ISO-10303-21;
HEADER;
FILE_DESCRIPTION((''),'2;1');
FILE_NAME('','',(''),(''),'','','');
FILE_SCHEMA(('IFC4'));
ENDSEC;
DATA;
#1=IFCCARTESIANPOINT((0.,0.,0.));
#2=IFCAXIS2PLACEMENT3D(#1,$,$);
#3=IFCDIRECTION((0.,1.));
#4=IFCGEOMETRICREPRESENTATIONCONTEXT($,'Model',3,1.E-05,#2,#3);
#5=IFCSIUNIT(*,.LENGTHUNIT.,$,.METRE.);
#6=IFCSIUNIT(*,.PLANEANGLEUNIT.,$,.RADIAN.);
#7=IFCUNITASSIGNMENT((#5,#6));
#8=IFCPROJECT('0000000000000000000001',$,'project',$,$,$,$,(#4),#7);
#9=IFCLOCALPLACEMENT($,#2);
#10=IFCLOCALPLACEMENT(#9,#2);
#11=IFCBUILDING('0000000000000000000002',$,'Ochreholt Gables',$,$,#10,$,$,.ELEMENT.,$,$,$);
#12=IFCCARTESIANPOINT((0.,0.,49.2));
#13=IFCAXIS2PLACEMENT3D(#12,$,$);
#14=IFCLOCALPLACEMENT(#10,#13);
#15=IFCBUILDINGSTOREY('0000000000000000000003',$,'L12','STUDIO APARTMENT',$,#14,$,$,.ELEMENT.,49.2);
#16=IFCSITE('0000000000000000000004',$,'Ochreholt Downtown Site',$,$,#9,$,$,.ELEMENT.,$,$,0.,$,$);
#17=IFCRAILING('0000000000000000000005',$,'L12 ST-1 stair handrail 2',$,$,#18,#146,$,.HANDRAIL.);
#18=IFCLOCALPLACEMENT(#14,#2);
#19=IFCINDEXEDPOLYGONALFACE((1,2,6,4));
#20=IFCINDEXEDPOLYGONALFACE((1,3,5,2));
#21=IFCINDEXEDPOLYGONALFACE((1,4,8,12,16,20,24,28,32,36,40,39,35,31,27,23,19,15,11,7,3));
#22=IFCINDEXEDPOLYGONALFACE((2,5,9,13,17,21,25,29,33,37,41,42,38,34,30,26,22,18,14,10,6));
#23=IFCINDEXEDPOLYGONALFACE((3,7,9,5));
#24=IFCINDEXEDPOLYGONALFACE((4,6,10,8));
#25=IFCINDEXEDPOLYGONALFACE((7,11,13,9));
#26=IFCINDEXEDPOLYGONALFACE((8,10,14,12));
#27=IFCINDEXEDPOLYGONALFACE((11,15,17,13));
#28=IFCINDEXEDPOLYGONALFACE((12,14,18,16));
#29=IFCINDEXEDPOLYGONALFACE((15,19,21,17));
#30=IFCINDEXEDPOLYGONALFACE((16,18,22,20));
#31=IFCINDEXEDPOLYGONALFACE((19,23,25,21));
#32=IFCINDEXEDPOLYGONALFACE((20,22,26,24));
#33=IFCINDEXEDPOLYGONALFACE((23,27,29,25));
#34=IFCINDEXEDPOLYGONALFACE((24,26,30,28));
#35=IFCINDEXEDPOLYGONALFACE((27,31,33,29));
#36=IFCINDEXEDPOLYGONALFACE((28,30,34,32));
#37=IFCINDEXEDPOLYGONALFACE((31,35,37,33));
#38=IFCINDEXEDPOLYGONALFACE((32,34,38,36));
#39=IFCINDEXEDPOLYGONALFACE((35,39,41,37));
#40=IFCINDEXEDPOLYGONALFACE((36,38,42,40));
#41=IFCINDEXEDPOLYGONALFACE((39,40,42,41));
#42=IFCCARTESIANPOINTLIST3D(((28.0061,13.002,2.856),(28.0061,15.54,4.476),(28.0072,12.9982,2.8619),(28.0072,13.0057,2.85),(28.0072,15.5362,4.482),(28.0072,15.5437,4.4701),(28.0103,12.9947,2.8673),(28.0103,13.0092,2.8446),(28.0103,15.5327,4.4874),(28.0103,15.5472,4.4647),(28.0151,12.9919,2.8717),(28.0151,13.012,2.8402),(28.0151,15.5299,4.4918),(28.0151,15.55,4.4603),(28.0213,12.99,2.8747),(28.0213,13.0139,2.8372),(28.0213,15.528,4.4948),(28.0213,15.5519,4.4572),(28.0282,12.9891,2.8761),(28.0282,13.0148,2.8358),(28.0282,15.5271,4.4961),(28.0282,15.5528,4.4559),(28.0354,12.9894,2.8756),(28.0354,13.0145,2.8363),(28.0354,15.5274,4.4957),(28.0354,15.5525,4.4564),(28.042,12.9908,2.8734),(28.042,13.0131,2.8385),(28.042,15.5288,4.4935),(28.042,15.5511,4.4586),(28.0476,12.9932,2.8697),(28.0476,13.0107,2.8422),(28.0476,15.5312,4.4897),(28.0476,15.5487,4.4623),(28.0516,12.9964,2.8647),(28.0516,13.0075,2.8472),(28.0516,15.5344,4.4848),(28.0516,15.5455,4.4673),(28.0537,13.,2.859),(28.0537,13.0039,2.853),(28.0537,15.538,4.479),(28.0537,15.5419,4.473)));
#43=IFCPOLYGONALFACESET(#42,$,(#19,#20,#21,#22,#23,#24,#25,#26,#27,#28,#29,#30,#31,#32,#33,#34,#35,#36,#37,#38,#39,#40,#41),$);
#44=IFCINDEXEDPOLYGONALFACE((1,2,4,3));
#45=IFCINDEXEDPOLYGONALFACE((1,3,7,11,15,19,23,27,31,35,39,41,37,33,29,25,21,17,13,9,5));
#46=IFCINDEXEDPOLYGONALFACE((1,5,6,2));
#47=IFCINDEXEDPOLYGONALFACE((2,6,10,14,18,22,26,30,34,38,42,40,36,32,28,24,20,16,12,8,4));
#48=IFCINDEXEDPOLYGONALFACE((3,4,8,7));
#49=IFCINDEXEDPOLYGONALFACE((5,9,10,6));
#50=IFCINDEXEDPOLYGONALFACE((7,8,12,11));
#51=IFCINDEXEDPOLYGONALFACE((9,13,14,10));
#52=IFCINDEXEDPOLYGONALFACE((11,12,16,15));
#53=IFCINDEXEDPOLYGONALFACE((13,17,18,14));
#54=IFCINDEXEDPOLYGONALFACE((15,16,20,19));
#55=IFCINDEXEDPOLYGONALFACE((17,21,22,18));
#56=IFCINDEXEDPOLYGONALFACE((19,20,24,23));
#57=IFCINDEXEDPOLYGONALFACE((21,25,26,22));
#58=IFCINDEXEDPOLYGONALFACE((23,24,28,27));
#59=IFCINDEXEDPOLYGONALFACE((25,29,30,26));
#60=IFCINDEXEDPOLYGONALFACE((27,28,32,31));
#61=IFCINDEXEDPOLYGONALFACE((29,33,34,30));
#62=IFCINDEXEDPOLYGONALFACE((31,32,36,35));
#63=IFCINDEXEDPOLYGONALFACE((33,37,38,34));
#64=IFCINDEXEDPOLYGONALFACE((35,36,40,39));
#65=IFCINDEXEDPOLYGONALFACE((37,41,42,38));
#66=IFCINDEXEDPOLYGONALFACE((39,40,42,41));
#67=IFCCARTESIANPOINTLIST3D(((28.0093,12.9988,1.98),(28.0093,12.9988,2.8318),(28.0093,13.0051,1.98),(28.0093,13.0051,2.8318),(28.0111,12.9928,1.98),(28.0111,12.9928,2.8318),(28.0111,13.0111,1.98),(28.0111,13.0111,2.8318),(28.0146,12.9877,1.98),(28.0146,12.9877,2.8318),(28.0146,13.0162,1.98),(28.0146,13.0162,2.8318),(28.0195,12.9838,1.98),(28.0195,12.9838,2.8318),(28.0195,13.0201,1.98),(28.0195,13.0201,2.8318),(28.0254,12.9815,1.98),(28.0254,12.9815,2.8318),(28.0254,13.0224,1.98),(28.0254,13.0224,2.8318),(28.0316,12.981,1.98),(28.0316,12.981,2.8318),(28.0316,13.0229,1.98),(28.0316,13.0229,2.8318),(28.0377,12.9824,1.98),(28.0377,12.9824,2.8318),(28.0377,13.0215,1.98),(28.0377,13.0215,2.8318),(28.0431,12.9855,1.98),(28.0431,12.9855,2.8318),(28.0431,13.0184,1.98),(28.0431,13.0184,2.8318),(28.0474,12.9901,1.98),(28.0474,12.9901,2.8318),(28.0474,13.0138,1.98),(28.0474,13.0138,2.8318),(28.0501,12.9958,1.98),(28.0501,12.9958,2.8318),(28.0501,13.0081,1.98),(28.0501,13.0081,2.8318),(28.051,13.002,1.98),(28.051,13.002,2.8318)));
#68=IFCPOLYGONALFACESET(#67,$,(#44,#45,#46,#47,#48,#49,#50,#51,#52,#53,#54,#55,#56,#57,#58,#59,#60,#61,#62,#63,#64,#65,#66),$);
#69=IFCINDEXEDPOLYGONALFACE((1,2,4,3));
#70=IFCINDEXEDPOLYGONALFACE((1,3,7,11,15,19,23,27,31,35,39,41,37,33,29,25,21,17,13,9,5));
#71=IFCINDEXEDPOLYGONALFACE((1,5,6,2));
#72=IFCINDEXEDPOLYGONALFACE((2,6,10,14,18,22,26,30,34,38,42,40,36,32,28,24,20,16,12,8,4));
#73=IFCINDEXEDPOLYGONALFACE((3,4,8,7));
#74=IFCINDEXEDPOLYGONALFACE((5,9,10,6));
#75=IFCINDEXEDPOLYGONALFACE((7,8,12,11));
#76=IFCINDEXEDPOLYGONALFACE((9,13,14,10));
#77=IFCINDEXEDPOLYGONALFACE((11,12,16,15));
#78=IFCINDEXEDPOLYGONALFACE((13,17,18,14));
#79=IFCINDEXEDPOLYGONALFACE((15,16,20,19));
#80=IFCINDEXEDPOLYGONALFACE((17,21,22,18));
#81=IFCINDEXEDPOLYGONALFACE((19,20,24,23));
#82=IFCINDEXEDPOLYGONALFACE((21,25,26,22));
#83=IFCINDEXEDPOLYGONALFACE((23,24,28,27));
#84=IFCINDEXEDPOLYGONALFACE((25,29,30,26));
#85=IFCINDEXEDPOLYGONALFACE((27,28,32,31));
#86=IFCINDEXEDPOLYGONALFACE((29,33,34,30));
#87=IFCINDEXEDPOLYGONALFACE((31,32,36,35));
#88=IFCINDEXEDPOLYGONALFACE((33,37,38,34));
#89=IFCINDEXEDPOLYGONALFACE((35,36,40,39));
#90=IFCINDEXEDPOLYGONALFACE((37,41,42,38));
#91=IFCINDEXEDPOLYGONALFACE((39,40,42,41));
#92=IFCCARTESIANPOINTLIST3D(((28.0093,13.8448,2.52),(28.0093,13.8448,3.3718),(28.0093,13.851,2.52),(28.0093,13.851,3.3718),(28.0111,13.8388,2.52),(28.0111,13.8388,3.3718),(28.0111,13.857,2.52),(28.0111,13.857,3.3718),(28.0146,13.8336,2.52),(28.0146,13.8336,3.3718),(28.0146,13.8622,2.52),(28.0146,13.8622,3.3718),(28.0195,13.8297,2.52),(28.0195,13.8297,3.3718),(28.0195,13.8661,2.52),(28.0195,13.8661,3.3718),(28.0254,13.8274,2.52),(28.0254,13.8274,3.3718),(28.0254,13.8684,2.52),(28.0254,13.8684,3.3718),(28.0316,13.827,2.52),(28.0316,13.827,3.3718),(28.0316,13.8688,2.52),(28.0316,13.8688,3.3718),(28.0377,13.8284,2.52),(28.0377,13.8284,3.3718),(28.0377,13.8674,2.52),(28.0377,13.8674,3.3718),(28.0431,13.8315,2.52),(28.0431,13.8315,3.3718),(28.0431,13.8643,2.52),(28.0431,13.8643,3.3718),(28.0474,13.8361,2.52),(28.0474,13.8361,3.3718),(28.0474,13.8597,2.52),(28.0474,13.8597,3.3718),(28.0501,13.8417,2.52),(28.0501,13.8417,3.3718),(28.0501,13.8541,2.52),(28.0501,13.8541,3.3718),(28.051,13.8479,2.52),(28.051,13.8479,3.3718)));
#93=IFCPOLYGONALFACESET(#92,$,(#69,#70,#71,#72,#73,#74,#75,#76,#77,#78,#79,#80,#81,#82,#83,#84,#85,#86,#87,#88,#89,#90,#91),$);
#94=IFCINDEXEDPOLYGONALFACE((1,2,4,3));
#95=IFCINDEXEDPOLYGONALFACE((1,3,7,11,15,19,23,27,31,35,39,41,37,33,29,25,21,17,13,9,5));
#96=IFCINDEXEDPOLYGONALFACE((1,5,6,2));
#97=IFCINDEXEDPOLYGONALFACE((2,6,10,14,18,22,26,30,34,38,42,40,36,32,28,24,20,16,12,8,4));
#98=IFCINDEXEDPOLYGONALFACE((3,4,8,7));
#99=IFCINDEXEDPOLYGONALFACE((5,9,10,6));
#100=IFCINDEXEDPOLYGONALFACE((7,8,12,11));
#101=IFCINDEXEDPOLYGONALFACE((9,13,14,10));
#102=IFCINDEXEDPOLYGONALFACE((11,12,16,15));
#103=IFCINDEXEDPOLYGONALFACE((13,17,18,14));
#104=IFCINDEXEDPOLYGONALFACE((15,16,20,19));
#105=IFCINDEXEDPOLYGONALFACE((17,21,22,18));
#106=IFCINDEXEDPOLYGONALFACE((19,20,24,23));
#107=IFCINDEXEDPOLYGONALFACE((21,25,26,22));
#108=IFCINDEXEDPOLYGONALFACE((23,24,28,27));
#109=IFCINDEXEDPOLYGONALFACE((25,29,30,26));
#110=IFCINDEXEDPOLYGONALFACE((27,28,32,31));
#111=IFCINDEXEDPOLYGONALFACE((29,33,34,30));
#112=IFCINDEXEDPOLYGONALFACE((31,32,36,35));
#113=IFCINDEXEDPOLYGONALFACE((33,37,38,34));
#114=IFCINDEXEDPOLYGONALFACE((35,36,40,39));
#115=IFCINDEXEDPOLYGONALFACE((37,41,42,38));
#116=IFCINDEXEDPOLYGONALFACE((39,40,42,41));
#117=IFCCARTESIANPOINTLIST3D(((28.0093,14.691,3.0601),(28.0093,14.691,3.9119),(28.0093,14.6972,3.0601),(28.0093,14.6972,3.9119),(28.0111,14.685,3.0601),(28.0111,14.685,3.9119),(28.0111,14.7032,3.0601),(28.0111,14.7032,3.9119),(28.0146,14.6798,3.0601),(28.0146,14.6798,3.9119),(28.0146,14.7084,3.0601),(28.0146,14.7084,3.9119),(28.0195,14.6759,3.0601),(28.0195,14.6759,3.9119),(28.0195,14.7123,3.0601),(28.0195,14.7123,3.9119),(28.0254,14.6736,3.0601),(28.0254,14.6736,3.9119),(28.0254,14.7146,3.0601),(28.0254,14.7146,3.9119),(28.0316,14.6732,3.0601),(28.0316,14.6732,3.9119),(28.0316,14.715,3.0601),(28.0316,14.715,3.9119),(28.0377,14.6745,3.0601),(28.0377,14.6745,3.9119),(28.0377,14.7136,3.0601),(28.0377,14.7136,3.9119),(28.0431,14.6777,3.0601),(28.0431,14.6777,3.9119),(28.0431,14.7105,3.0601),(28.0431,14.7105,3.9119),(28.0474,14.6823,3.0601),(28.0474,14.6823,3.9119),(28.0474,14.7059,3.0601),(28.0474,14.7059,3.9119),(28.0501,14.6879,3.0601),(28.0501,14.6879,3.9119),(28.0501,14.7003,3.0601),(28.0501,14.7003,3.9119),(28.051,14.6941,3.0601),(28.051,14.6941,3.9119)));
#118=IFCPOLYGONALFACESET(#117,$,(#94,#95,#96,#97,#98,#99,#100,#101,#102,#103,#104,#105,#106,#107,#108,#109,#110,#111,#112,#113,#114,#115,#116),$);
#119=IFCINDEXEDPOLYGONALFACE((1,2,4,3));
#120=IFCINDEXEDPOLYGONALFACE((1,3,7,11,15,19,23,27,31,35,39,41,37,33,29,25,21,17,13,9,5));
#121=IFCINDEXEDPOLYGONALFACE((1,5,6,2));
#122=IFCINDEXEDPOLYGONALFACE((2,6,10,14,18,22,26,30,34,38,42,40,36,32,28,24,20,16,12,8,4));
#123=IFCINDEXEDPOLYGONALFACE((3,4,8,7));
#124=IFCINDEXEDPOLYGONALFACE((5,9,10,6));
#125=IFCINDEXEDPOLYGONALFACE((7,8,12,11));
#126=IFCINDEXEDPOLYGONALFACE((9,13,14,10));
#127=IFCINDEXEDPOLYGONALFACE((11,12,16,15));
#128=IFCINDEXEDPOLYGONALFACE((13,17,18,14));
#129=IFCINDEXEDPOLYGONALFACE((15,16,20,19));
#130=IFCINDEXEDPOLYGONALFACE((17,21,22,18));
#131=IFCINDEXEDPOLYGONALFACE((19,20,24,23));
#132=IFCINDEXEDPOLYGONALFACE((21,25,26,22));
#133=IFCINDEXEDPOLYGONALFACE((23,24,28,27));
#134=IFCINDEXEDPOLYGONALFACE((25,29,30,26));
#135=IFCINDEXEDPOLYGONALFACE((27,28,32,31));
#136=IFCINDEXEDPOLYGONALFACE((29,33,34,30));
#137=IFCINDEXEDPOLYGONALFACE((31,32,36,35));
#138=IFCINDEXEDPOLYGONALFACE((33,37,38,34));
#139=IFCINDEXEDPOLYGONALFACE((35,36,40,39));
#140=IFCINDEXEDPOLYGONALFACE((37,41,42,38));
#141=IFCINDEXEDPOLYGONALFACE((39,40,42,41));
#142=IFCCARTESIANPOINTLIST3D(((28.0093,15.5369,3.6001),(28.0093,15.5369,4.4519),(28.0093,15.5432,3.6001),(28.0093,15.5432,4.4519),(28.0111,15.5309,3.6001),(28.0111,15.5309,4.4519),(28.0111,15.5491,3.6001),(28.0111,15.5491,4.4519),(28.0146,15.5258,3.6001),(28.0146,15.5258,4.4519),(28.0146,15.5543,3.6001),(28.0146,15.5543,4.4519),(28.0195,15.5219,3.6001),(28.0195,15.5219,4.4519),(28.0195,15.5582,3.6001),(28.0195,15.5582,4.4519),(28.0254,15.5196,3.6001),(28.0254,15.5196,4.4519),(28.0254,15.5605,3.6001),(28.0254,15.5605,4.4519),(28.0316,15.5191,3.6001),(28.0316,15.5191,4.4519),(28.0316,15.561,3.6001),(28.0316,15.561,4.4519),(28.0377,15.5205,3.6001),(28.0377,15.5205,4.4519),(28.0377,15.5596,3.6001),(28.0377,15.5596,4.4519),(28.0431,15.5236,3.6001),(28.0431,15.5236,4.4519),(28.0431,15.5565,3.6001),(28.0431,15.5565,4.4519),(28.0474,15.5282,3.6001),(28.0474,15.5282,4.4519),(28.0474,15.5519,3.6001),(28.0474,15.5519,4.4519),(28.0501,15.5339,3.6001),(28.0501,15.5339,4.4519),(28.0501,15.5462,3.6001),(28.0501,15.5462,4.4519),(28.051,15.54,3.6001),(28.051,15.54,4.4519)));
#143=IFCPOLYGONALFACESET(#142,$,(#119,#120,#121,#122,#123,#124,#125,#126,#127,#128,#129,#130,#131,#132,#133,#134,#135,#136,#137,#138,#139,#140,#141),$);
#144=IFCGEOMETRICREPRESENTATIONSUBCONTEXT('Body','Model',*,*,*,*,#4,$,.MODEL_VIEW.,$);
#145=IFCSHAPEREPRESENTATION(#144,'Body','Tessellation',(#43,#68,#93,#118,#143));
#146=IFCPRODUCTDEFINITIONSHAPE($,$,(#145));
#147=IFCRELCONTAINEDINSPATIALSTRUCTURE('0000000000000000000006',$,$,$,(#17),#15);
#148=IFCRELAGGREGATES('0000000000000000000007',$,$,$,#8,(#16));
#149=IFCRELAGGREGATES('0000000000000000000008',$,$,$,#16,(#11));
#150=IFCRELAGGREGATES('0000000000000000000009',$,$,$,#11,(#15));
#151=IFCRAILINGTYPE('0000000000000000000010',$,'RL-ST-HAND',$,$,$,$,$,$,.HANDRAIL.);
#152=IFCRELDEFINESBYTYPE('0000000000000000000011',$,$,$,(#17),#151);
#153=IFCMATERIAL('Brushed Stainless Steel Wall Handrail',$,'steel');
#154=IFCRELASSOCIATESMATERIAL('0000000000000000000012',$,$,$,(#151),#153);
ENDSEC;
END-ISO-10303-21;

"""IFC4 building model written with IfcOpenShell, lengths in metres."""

from ifc_helpers import new_model, si_unit, direction, frame, origin, origin_2d, place, context, subcontext, project, spatial, circle, extrude, material, type_object, element, save


model = new_model("IFC4")

# Units and contexts
model_context = context("Model", 3, precision=1e-05, world=origin(), true_north=direction((0.0, 1.0)))
body_context = subcontext(model_context, "Body", "Model", "MODEL_VIEW")
ifc_project = project(units=[si_unit("LENGTHUNIT", "METRE"), si_unit("PLANEANGLEUNIT", "RADIAN")], contexts=[model_context])

# Site, building, storey
site_placement = place(None, origin())
site = spatial("IfcSite", under=ifc_project, at=site_placement, Name="Ochreholt Downtown Site", CompositionType="ELEMENT", RefElevation=0.0)
building_placement = place(site_placement, origin())
building = spatial("IfcBuilding", under=site, at=building_placement, Name="Ochreholt Gables", CompositionType="ELEMENT")
storey_placement = place(building_placement, frame((0.0, 0.0, 49.2)))
storey = spatial("IfcBuildingStorey", under=building, at=storey_placement, Name="L12", Description="STUDIO APARTMENT", CompositionType="ELEMENT", Elevation=49.2)

# Railing
ifc_material_1 = material(Name="Brushed Stainless Steel Wall Handrail", Category="steel")
railing_type_1 = type_object("IfcRailingType", Name="RL-ST-HAND", PredefinedType="HANDRAIL", material=ifc_material_1)
railing_1_placement = place(storey_placement, frame((28.03, 13.002, 1.98)))
element("IfcRailing", 1, at=railing_1_placement, inside=storey, type_object=railing_type_1, Name="L12 ST-1 stair handrail 2", PredefinedType="HANDRAIL", context=body_context, shape_type="SweptSolid", body=[
    extrude(circle(Radius=0.0239, at=origin_2d()), frame((0.0, 0.0, 0.876), z_axis=(0.0, 0.842913, 0.53805), x_axis=(-1.0, 0.0, 0.0)), (0.0, 0.0, 1.0), 3.011),
    extrude(circle(Radius=0.021, at=origin_2d()), origin(), (0.0, 0.0, 1.0), 0.8518),
    extrude(circle(Radius=0.021, at=origin_2d()), frame((0.0, 0.8459, 0.54)), (0.0, 0.0, 1.0), 0.8518),
    extrude(circle(Radius=0.021, at=origin_2d()), frame((0.0, 1.6921, 1.0801)), (0.0, 0.0, 1.0), 0.8518),
    extrude(circle(Radius=0.021, at=origin_2d()), frame((0.0, 2.5381, 1.6201)), (0.0, 0.0, 1.0), 0.8518),
])

save(model, "model.ifc")
